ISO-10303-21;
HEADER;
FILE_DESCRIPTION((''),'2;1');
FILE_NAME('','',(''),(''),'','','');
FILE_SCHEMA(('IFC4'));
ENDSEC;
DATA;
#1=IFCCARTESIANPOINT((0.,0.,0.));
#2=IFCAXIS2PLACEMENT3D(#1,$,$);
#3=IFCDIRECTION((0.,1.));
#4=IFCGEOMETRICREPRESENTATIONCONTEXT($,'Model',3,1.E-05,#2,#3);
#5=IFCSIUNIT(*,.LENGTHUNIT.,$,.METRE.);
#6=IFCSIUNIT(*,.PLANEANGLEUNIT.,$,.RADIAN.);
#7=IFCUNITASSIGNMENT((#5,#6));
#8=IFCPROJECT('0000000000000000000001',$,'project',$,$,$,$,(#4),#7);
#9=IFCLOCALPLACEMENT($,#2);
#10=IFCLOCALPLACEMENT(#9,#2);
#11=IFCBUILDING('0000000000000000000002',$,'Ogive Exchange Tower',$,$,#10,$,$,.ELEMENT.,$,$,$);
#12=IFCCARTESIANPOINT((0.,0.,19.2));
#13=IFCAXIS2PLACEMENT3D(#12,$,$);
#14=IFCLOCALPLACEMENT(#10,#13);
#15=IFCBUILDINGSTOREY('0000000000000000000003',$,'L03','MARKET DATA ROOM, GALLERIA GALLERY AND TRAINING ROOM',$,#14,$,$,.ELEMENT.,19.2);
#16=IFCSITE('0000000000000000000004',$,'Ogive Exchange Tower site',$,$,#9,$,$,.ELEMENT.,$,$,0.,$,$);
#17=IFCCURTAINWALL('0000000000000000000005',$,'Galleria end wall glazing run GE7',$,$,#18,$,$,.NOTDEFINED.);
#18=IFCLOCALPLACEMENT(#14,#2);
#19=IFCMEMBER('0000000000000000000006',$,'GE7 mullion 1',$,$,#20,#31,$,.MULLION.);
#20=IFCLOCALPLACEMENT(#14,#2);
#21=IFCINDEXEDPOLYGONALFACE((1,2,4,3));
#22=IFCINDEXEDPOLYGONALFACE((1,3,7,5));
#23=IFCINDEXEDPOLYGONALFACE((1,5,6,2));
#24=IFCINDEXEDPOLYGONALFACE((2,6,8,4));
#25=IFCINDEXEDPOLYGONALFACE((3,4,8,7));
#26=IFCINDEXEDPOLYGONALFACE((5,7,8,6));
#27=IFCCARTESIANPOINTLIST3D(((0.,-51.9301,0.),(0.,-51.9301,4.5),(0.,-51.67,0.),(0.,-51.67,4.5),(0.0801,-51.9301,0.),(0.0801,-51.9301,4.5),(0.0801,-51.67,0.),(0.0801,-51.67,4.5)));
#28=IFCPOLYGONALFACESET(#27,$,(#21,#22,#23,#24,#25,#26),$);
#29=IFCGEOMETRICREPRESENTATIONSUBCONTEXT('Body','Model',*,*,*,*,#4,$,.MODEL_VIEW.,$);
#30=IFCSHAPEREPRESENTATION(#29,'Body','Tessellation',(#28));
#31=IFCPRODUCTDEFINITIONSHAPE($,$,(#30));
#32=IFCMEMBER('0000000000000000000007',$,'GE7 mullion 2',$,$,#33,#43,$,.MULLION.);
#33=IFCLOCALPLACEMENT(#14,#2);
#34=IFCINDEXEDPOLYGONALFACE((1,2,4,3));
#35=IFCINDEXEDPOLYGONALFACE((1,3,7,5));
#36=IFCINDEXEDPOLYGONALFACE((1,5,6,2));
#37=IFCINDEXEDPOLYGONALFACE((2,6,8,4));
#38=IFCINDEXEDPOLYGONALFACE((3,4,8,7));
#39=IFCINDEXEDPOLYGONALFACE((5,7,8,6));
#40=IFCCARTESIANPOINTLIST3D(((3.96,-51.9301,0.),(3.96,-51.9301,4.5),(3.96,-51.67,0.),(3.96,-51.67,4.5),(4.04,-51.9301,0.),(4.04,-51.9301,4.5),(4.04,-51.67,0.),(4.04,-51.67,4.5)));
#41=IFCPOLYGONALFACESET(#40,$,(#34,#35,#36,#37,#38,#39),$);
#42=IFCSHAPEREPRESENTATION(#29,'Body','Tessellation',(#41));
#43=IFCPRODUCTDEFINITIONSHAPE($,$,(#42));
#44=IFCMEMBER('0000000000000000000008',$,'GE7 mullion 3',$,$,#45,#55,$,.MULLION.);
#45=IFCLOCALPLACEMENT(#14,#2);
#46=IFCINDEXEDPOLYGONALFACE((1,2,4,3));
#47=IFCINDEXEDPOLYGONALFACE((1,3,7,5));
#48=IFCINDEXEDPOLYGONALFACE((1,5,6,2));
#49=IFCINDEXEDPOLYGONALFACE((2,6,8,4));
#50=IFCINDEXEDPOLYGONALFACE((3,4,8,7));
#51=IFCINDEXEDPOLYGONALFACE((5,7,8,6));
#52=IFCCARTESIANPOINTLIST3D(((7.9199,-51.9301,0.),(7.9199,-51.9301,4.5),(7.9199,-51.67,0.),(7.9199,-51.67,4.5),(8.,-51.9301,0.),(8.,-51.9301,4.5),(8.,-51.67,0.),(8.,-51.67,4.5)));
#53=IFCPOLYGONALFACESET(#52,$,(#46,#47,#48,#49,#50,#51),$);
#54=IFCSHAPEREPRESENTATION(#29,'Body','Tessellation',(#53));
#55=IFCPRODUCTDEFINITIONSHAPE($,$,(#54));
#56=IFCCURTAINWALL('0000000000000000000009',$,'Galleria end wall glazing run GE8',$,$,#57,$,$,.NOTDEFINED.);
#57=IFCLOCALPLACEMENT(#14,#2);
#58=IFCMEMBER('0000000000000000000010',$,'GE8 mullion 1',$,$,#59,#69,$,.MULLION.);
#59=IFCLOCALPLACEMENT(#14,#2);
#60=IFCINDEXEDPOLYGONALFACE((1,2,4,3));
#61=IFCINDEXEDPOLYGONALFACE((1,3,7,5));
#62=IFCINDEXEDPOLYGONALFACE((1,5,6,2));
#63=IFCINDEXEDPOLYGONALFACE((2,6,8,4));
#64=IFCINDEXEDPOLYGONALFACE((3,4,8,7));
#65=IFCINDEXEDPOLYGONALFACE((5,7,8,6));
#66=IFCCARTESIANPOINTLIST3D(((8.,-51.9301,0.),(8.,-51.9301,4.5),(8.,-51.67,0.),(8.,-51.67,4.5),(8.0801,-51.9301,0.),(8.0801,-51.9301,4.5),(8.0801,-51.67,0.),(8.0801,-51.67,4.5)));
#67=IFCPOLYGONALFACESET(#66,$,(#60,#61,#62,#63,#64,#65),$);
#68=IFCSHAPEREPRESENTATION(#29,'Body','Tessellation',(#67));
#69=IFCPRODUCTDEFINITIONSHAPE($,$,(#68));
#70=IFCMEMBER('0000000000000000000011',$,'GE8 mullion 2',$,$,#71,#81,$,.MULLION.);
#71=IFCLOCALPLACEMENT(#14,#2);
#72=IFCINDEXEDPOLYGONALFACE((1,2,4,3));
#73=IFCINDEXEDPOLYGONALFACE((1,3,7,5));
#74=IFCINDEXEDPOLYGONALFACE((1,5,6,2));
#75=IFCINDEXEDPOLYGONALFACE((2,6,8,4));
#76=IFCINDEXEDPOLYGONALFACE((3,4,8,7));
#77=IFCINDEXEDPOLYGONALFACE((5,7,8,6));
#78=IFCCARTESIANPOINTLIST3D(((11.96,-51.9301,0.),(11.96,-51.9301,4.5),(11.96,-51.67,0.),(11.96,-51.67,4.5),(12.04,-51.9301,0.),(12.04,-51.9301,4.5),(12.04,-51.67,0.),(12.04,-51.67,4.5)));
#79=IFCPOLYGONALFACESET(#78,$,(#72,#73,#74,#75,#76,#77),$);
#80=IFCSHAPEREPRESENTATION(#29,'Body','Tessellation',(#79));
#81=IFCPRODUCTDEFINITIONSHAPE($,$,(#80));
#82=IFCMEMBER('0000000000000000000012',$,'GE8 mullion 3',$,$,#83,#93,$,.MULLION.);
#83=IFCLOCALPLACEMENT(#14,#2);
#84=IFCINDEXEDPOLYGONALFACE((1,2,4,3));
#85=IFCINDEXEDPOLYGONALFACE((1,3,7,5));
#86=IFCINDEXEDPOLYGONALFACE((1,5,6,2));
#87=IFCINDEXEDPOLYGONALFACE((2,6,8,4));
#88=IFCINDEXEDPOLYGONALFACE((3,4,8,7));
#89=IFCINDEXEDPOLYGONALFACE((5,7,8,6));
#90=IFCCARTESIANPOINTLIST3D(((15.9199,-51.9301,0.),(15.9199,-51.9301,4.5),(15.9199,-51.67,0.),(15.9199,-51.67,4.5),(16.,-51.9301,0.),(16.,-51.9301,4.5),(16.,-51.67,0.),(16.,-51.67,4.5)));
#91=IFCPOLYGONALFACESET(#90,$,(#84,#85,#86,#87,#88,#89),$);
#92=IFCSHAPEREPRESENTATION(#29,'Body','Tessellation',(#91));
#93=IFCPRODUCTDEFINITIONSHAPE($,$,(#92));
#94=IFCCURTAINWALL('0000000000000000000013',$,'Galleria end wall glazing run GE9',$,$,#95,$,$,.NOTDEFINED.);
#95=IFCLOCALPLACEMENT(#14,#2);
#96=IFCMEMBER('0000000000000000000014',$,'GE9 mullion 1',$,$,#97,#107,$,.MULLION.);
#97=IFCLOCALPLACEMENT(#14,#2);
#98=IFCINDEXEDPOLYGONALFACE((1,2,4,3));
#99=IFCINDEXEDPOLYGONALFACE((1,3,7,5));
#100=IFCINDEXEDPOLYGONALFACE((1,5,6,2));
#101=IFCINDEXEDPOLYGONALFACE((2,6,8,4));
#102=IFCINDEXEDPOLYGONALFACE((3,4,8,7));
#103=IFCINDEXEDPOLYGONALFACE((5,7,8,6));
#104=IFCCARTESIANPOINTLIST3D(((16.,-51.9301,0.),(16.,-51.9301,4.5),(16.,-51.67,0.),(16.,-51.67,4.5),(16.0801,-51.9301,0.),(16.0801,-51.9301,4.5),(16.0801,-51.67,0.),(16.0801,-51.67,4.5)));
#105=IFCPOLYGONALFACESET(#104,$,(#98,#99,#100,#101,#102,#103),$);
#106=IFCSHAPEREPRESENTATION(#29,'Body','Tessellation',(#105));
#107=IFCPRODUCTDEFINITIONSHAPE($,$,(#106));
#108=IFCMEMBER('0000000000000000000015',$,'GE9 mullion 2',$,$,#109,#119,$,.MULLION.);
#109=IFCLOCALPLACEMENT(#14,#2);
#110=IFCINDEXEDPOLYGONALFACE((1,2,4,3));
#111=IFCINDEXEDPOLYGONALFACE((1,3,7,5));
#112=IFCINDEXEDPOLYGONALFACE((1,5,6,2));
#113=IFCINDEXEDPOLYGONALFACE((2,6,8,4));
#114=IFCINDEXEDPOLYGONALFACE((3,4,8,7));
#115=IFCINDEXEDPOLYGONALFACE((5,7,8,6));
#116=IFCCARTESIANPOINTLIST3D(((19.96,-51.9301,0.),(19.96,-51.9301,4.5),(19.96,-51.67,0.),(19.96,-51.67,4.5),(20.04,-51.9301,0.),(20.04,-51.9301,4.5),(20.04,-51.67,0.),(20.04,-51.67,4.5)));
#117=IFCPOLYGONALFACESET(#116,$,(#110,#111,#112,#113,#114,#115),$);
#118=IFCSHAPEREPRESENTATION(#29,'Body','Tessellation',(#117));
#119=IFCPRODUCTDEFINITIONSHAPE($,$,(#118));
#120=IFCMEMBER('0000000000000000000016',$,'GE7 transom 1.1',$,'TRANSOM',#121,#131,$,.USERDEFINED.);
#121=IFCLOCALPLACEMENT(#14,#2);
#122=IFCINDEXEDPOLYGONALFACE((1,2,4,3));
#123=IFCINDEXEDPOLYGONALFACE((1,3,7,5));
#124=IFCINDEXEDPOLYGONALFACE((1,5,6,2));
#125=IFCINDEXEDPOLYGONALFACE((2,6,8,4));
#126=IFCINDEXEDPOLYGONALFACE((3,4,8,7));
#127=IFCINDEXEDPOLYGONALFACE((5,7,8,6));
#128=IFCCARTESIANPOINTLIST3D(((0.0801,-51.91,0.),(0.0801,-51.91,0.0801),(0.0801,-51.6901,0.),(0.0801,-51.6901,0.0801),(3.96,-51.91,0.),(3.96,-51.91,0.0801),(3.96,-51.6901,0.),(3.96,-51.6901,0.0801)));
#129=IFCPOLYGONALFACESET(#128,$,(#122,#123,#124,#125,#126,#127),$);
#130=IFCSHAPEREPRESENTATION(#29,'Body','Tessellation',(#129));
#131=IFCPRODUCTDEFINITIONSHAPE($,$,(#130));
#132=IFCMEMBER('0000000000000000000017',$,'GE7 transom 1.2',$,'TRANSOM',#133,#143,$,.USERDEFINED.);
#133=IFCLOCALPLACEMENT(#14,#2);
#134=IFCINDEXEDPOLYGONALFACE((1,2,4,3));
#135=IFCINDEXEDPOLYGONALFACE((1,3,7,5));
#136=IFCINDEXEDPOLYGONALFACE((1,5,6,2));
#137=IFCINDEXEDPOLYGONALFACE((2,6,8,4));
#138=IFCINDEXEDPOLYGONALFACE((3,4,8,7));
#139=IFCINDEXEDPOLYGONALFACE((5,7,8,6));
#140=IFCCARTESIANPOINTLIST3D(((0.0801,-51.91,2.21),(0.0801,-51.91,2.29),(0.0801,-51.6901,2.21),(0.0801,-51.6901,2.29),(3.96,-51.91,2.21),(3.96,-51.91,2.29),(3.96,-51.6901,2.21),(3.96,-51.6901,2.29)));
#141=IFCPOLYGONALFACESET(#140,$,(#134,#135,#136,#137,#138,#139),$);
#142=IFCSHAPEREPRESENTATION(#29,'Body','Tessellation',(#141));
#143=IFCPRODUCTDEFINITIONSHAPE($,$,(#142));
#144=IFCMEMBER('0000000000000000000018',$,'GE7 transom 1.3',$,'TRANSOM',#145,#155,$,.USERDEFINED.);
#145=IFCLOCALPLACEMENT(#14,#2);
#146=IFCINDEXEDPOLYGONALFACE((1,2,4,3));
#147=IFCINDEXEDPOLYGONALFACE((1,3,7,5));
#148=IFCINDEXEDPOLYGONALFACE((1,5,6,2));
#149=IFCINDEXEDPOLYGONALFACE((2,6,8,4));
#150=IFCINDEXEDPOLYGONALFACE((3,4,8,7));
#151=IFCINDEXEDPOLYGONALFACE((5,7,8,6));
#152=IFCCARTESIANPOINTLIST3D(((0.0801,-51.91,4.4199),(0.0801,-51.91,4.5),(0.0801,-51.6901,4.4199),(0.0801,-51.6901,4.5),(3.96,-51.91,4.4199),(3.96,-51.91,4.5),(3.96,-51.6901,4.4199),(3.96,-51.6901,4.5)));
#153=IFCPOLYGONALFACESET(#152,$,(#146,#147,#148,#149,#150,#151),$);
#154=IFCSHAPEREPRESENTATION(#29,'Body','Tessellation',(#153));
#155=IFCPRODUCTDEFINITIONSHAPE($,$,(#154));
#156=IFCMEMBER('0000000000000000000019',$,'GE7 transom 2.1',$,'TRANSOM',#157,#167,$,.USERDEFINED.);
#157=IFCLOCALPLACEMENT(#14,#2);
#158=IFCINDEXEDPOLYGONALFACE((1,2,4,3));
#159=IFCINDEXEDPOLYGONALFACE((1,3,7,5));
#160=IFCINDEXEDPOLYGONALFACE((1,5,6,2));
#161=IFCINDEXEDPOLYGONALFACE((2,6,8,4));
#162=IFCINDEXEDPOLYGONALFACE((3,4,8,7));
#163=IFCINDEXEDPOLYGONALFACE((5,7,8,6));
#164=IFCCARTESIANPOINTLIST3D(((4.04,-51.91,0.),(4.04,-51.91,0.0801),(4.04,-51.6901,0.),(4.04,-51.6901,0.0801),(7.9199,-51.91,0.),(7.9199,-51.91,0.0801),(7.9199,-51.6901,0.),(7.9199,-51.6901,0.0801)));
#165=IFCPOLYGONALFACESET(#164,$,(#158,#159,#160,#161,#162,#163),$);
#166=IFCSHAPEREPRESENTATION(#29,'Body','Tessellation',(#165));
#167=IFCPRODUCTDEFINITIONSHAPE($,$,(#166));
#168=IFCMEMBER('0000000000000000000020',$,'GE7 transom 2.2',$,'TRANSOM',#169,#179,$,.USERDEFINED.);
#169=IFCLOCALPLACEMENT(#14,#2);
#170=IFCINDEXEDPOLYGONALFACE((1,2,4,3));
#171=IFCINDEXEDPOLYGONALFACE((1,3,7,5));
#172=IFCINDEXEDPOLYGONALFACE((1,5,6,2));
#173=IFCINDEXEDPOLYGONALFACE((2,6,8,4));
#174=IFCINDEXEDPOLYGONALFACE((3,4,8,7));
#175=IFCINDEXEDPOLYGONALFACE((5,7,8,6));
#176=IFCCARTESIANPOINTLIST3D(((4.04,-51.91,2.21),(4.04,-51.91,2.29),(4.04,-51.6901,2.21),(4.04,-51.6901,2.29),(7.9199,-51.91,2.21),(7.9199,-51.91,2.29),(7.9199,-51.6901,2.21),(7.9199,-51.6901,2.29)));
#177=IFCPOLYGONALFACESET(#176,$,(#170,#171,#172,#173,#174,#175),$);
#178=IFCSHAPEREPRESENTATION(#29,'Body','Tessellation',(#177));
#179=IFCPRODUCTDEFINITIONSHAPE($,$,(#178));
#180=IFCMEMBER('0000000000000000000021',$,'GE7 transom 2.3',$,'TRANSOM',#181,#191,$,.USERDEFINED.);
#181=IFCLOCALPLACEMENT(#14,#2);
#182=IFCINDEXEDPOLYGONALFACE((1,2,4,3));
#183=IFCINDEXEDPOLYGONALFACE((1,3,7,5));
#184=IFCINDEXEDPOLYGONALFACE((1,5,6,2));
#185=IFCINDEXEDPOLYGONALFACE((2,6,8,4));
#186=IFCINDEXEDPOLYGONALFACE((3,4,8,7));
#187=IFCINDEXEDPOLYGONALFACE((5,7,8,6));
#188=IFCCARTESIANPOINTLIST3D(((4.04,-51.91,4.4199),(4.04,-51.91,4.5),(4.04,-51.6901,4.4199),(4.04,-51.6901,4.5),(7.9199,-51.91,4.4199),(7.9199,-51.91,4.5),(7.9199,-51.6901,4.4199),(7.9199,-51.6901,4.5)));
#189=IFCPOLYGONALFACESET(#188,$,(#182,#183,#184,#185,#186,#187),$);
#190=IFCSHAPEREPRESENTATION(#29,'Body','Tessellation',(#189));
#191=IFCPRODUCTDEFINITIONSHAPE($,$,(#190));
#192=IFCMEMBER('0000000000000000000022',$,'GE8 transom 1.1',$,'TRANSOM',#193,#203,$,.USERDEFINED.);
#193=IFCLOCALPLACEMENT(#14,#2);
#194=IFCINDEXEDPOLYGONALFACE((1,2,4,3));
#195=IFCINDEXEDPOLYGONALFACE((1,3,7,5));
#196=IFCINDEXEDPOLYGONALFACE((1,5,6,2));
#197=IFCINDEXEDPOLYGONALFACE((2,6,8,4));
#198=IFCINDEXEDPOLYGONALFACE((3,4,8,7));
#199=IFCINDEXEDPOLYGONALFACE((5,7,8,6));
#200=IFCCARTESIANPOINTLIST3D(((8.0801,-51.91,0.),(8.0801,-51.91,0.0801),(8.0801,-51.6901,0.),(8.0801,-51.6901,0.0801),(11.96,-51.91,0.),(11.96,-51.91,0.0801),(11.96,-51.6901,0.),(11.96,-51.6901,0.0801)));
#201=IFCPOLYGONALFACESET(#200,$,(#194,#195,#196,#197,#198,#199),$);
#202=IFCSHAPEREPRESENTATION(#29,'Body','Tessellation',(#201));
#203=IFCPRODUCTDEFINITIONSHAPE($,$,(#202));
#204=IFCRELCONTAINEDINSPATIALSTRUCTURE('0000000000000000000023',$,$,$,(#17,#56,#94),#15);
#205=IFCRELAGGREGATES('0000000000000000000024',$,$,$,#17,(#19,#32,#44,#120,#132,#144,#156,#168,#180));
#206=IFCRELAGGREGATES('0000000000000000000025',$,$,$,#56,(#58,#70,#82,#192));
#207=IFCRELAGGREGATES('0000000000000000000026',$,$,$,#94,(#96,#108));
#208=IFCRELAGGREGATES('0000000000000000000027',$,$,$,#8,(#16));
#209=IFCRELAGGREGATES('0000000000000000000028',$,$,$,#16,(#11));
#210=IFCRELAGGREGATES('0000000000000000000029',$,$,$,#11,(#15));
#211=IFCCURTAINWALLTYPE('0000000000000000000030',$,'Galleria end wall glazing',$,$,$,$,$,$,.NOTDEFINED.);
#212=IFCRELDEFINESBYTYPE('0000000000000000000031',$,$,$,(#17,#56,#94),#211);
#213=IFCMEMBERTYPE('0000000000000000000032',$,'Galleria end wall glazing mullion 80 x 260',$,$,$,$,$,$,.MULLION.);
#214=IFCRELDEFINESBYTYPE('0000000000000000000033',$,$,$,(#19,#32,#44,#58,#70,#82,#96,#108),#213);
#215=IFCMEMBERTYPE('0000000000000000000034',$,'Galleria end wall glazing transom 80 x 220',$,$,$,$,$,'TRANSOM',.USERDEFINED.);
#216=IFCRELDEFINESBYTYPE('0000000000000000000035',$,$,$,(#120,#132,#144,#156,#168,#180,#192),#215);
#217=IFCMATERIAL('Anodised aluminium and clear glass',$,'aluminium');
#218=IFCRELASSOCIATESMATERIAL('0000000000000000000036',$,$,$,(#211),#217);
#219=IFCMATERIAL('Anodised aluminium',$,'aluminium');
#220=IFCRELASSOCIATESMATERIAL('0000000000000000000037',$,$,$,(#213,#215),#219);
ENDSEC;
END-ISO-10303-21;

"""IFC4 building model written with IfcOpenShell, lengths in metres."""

from ifc_helpers import new_model, si_unit, direction, frame, origin, origin_2d, place, context, subcontext, project, spatial, rectangle, extrude, material, material_profile, profile_set, type_object, element, aggregate, save


model = new_model("IFC4")

# Units and contexts
model_context = context("Model", 3, precision=1e-05, world=origin(), true_north=direction((0.0, 1.0)))
body_context = subcontext(model_context, "Body", "Model", "MODEL_VIEW")
ifc_project = project(units=[si_unit("LENGTHUNIT", "METRE"), si_unit("PLANEANGLEUNIT", "RADIAN")], contexts=[model_context])

# Site, building, storey
site_placement = place(None, origin())
site = spatial("IfcSite", under=ifc_project, at=site_placement, Name="Ogive Exchange Tower site", CompositionType="ELEMENT", RefElevation=0.0)
building_placement = place(site_placement, origin())
building = spatial("IfcBuilding", under=site, at=building_placement, Name="Ogive Exchange Tower", CompositionType="ELEMENT")
storey_placement = place(building_placement, frame((0.0, 0.0, 19.2)))
storey = spatial("IfcBuildingStorey", under=building, at=storey_placement, Name="L03", Description="MARKET DATA ROOM, GALLERIA GALLERY AND TRAINING ROOM", CompositionType="ELEMENT", Elevation=19.2)

# Curtain walls, members
ifc_material_1 = material(Name="Anodised aluminium and clear glass", Category="aluminium")
curtain_wall_type = type_object("IfcCurtainWallType", Name="Galleria end wall glazing", PredefinedType="NOTDEFINED", material=ifc_material_1)
curtain_wall_1_placement = place(storey_placement, origin())
curtain_wall_1 = element("IfcCurtainWall", 1, at=curtain_wall_1_placement, inside=storey, type_object=curtain_wall_type, Name="Galleria end wall glazing run GE7", PredefinedType="NOTDEFINED")
ifc_material_2 = material(Name="Anodised aluminium", Category="aluminium")
ifc_material_profile_1 = material_profile(ifc_material_2, rectangle(XDim=0.26, YDim=0.0801, at=origin_2d()), Name="AL 80x260")
ifc_profile_set_1 = profile_set([ifc_material_profile_1], Name="Anodised aluminium")
member_type_1 = type_object("IfcMemberType", Name="Galleria end wall glazing mullion 80 x 260", PredefinedType="MULLION", material=ifc_profile_set_1)
member_1_placement = place(storey_placement, frame((0.04, -51.8, 0.0), z_axis=(0.0, 0.0, 1.0), x_axis=(0.0, 1.0, 0.0)))
member_1 = element("IfcMember", 2, at=member_1_placement, type_object=member_type_1, Name="GE7 mullion 1", PredefinedType="MULLION", context=body_context, shape_type="SweptSolid", body=[
    extrude(rectangle(XDim=0.26, YDim=0.0801, at=origin_2d()), origin(), (0.0, 0.0, 1.0), 4.5),
])
member_2_placement = place(storey_placement, frame((4.0, -51.8, 0.0), z_axis=(0.0, 0.0, 1.0), x_axis=(0.0, 1.0, 0.0)))
member_2 = element("IfcMember", 3, at=member_2_placement, type_object=member_type_1, Name="GE7 mullion 2", PredefinedType="MULLION", context=body_context, shape_type="SweptSolid", body=[
    extrude(rectangle(XDim=0.26, YDim=0.0801, at=origin_2d()), origin(), (0.0, 0.0, 1.0), 4.5),
])
member_3_placement = place(storey_placement, frame((7.96, -51.8, 0.0), z_axis=(0.0, 0.0, 1.0), x_axis=(0.0, 1.0, 0.0)))
member_3 = element("IfcMember", 4, at=member_3_placement, type_object=member_type_1, Name="GE7 mullion 3", PredefinedType="MULLION", context=body_context, shape_type="SweptSolid", body=[
    extrude(rectangle(XDim=0.26, YDim=0.0801, at=origin_2d()), origin(), (0.0, 0.0, 1.0), 4.5),
])
curtain_wall_2_placement = place(storey_placement, origin())
curtain_wall_2 = element("IfcCurtainWall", 5, at=curtain_wall_2_placement, inside=storey, type_object=curtain_wall_type, Name="Galleria end wall glazing run GE8", PredefinedType="NOTDEFINED")
member_4_placement = place(storey_placement, frame((8.04, -51.8, 0.0), z_axis=(0.0, 0.0, 1.0), x_axis=(0.0, 1.0, 0.0)))
member_4 = element("IfcMember", 6, at=member_4_placement, type_object=member_type_1, Name="GE8 mullion 1", PredefinedType="MULLION", context=body_context, shape_type="SweptSolid", body=[
    extrude(rectangle(XDim=0.26, YDim=0.0801, at=origin_2d()), origin(), (0.0, 0.0, 1.0), 4.5),
])
member_5_placement = place(storey_placement, frame((12.0, -51.8, 0.0), z_axis=(0.0, 0.0, 1.0), x_axis=(0.0, 1.0, 0.0)))
member_5 = element("IfcMember", 7, at=member_5_placement, type_object=member_type_1, Name="GE8 mullion 2", PredefinedType="MULLION", context=body_context, shape_type="SweptSolid", body=[
    extrude(rectangle(XDim=0.26, YDim=0.0801, at=origin_2d()), origin(), (0.0, 0.0, 1.0), 4.5),
])
member_6_placement = place(storey_placement, frame((15.96, -51.8, 0.0), z_axis=(0.0, 0.0, 1.0), x_axis=(0.0, 1.0, 0.0)))
member_6 = element("IfcMember", 8, at=member_6_placement, type_object=member_type_1, Name="GE8 mullion 3", PredefinedType="MULLION", context=body_context, shape_type="SweptSolid", body=[
    extrude(rectangle(XDim=0.26, YDim=0.0801, at=origin_2d()), origin(), (0.0, 0.0, 1.0), 4.5),
])
curtain_wall_3_placement = place(storey_placement, origin())
curtain_wall_3 = element("IfcCurtainWall", 9, at=curtain_wall_3_placement, inside=storey, type_object=curtain_wall_type, Name="Galleria end wall glazing run GE9", PredefinedType="NOTDEFINED")
member_7_placement = place(storey_placement, frame((16.04, -51.8, 0.0), z_axis=(0.0, 0.0, 1.0), x_axis=(0.0, 1.0, 0.0)))
member_7 = element("IfcMember", 10, at=member_7_placement, type_object=member_type_1, Name="GE9 mullion 1", PredefinedType="MULLION", context=body_context, shape_type="SweptSolid", body=[
    extrude(rectangle(XDim=0.26, YDim=0.0801, at=origin_2d()), origin(), (0.0, 0.0, 1.0), 4.5),
])
member_8_placement = place(storey_placement, frame((20.0, -51.8, 0.0), z_axis=(0.0, 0.0, 1.0), x_axis=(0.0, 1.0, 0.0)))
member_8 = element("IfcMember", 11, at=member_8_placement, type_object=member_type_1, Name="GE9 mullion 2", PredefinedType="MULLION", context=body_context, shape_type="SweptSolid", body=[
    extrude(rectangle(XDim=0.26, YDim=0.0801, at=origin_2d()), origin(), (0.0, 0.0, 1.0), 4.5),
])

# Members
ifc_material_profile_2 = material_profile(ifc_material_2, rectangle(XDim=0.22, YDim=0.0801, at=origin_2d()), Name="AL 80x220")
ifc_profile_set_2 = profile_set([ifc_material_profile_2], Name="Anodised aluminium")
member_type_2 = type_object("IfcMemberType", Name="Galleria end wall glazing transom 80 x 220", ElementType="TRANSOM", PredefinedType="USERDEFINED", material=ifc_profile_set_2)
member_9_placement = place(storey_placement, frame((0.0801, -51.8, 0.04), z_axis=(1.0, 0.0, 0.0), x_axis=(0.0, 1.0, 0.0)))
member_9 = element("IfcMember", 12, at=member_9_placement, type_object=member_type_2, Name="GE7 transom 1.1", ObjectType="TRANSOM", PredefinedType="USERDEFINED", context=body_context, shape_type="SweptSolid", body=[
    extrude(rectangle(XDim=0.22, YDim=0.0801, at=origin_2d()), origin(), (0.0, 0.0, 1.0), 3.8799),
])
member_10_placement = place(storey_placement, frame((0.0801, -51.8, 2.25), z_axis=(1.0, 0.0, 0.0), x_axis=(0.0, 1.0, 0.0)))
member_10 = element("IfcMember", 13, at=member_10_placement, type_object=member_type_2, Name="GE7 transom 1.2", ObjectType="TRANSOM", PredefinedType="USERDEFINED", context=body_context, shape_type="SweptSolid", body=[
    extrude(rectangle(XDim=0.22, YDim=0.0801, at=origin_2d()), origin(), (0.0, 0.0, 1.0), 3.8799),
])
member_11_placement = place(storey_placement, frame((0.0801, -51.8, 4.46), z_axis=(1.0, 0.0, 0.0), x_axis=(0.0, 1.0, 0.0)))
member_11 = element("IfcMember", 14, at=member_11_placement, type_object=member_type_2, Name="GE7 transom 1.3", ObjectType="TRANSOM", PredefinedType="USERDEFINED", context=body_context, shape_type="SweptSolid", body=[
    extrude(rectangle(XDim=0.22, YDim=0.0801, at=origin_2d()), origin(), (0.0, 0.0, 1.0), 3.8799),
])
member_12_placement = place(storey_placement, frame((4.04, -51.8, 0.04), z_axis=(1.0, 0.0, 0.0), x_axis=(0.0, 1.0, 0.0)))
member_12 = element("IfcMember", 15, at=member_12_placement, type_object=member_type_2, Name="GE7 transom 2.1", ObjectType="TRANSOM", PredefinedType="USERDEFINED", context=body_context, shape_type="SweptSolid", body=[
    extrude(rectangle(XDim=0.22, YDim=0.0801, at=origin_2d()), origin(), (0.0, 0.0, 1.0), 3.8799),
])
member_13_placement = place(storey_placement, frame((4.04, -51.8, 2.25), z_axis=(1.0, 0.0, 0.0), x_axis=(0.0, 1.0, 0.0)))
member_13 = element("IfcMember", 16, at=member_13_placement, type_object=member_type_2, Name="GE7 transom 2.2", ObjectType="TRANSOM", PredefinedType="USERDEFINED", context=body_context, shape_type="SweptSolid", body=[
    extrude(rectangle(XDim=0.22, YDim=0.0801, at=origin_2d()), origin(), (0.0, 0.0, 1.0), 3.8799),
])
member_14_placement = place(storey_placement, frame((4.04, -51.8, 4.46), z_axis=(1.0, 0.0, 0.0), x_axis=(0.0, 1.0, 0.0)))
member_14 = element("IfcMember", 17, at=member_14_placement, type_object=member_type_2, Name="GE7 transom 2.3", ObjectType="TRANSOM", PredefinedType="USERDEFINED", context=body_context, shape_type="SweptSolid", body=[
    extrude(rectangle(XDim=0.22, YDim=0.0801, at=origin_2d()), origin(), (0.0, 0.0, 1.0), 3.8799),
])
member_15_placement = place(storey_placement, frame((8.0801, -51.8, 0.04), z_axis=(1.0, 0.0, 0.0), x_axis=(0.0, 1.0, 0.0)))
member_15 = element("IfcMember", 18, at=member_15_placement, type_object=member_type_2, Name="GE8 transom 1.1", ObjectType="TRANSOM", PredefinedType="USERDEFINED", context=body_context, shape_type="SweptSolid", body=[
    extrude(rectangle(XDim=0.22, YDim=0.0801, at=origin_2d()), origin(), (0.0, 0.0, 1.0), 3.8799),
])

aggregate(curtain_wall_1, [member_1, member_2, member_3, member_9, member_10, member_11, member_12, member_13, member_14])
aggregate(curtain_wall_2, [member_4, member_5, member_6, member_15])
aggregate(curtain_wall_3, [member_7, member_8])

save(model, "model.ifc")
